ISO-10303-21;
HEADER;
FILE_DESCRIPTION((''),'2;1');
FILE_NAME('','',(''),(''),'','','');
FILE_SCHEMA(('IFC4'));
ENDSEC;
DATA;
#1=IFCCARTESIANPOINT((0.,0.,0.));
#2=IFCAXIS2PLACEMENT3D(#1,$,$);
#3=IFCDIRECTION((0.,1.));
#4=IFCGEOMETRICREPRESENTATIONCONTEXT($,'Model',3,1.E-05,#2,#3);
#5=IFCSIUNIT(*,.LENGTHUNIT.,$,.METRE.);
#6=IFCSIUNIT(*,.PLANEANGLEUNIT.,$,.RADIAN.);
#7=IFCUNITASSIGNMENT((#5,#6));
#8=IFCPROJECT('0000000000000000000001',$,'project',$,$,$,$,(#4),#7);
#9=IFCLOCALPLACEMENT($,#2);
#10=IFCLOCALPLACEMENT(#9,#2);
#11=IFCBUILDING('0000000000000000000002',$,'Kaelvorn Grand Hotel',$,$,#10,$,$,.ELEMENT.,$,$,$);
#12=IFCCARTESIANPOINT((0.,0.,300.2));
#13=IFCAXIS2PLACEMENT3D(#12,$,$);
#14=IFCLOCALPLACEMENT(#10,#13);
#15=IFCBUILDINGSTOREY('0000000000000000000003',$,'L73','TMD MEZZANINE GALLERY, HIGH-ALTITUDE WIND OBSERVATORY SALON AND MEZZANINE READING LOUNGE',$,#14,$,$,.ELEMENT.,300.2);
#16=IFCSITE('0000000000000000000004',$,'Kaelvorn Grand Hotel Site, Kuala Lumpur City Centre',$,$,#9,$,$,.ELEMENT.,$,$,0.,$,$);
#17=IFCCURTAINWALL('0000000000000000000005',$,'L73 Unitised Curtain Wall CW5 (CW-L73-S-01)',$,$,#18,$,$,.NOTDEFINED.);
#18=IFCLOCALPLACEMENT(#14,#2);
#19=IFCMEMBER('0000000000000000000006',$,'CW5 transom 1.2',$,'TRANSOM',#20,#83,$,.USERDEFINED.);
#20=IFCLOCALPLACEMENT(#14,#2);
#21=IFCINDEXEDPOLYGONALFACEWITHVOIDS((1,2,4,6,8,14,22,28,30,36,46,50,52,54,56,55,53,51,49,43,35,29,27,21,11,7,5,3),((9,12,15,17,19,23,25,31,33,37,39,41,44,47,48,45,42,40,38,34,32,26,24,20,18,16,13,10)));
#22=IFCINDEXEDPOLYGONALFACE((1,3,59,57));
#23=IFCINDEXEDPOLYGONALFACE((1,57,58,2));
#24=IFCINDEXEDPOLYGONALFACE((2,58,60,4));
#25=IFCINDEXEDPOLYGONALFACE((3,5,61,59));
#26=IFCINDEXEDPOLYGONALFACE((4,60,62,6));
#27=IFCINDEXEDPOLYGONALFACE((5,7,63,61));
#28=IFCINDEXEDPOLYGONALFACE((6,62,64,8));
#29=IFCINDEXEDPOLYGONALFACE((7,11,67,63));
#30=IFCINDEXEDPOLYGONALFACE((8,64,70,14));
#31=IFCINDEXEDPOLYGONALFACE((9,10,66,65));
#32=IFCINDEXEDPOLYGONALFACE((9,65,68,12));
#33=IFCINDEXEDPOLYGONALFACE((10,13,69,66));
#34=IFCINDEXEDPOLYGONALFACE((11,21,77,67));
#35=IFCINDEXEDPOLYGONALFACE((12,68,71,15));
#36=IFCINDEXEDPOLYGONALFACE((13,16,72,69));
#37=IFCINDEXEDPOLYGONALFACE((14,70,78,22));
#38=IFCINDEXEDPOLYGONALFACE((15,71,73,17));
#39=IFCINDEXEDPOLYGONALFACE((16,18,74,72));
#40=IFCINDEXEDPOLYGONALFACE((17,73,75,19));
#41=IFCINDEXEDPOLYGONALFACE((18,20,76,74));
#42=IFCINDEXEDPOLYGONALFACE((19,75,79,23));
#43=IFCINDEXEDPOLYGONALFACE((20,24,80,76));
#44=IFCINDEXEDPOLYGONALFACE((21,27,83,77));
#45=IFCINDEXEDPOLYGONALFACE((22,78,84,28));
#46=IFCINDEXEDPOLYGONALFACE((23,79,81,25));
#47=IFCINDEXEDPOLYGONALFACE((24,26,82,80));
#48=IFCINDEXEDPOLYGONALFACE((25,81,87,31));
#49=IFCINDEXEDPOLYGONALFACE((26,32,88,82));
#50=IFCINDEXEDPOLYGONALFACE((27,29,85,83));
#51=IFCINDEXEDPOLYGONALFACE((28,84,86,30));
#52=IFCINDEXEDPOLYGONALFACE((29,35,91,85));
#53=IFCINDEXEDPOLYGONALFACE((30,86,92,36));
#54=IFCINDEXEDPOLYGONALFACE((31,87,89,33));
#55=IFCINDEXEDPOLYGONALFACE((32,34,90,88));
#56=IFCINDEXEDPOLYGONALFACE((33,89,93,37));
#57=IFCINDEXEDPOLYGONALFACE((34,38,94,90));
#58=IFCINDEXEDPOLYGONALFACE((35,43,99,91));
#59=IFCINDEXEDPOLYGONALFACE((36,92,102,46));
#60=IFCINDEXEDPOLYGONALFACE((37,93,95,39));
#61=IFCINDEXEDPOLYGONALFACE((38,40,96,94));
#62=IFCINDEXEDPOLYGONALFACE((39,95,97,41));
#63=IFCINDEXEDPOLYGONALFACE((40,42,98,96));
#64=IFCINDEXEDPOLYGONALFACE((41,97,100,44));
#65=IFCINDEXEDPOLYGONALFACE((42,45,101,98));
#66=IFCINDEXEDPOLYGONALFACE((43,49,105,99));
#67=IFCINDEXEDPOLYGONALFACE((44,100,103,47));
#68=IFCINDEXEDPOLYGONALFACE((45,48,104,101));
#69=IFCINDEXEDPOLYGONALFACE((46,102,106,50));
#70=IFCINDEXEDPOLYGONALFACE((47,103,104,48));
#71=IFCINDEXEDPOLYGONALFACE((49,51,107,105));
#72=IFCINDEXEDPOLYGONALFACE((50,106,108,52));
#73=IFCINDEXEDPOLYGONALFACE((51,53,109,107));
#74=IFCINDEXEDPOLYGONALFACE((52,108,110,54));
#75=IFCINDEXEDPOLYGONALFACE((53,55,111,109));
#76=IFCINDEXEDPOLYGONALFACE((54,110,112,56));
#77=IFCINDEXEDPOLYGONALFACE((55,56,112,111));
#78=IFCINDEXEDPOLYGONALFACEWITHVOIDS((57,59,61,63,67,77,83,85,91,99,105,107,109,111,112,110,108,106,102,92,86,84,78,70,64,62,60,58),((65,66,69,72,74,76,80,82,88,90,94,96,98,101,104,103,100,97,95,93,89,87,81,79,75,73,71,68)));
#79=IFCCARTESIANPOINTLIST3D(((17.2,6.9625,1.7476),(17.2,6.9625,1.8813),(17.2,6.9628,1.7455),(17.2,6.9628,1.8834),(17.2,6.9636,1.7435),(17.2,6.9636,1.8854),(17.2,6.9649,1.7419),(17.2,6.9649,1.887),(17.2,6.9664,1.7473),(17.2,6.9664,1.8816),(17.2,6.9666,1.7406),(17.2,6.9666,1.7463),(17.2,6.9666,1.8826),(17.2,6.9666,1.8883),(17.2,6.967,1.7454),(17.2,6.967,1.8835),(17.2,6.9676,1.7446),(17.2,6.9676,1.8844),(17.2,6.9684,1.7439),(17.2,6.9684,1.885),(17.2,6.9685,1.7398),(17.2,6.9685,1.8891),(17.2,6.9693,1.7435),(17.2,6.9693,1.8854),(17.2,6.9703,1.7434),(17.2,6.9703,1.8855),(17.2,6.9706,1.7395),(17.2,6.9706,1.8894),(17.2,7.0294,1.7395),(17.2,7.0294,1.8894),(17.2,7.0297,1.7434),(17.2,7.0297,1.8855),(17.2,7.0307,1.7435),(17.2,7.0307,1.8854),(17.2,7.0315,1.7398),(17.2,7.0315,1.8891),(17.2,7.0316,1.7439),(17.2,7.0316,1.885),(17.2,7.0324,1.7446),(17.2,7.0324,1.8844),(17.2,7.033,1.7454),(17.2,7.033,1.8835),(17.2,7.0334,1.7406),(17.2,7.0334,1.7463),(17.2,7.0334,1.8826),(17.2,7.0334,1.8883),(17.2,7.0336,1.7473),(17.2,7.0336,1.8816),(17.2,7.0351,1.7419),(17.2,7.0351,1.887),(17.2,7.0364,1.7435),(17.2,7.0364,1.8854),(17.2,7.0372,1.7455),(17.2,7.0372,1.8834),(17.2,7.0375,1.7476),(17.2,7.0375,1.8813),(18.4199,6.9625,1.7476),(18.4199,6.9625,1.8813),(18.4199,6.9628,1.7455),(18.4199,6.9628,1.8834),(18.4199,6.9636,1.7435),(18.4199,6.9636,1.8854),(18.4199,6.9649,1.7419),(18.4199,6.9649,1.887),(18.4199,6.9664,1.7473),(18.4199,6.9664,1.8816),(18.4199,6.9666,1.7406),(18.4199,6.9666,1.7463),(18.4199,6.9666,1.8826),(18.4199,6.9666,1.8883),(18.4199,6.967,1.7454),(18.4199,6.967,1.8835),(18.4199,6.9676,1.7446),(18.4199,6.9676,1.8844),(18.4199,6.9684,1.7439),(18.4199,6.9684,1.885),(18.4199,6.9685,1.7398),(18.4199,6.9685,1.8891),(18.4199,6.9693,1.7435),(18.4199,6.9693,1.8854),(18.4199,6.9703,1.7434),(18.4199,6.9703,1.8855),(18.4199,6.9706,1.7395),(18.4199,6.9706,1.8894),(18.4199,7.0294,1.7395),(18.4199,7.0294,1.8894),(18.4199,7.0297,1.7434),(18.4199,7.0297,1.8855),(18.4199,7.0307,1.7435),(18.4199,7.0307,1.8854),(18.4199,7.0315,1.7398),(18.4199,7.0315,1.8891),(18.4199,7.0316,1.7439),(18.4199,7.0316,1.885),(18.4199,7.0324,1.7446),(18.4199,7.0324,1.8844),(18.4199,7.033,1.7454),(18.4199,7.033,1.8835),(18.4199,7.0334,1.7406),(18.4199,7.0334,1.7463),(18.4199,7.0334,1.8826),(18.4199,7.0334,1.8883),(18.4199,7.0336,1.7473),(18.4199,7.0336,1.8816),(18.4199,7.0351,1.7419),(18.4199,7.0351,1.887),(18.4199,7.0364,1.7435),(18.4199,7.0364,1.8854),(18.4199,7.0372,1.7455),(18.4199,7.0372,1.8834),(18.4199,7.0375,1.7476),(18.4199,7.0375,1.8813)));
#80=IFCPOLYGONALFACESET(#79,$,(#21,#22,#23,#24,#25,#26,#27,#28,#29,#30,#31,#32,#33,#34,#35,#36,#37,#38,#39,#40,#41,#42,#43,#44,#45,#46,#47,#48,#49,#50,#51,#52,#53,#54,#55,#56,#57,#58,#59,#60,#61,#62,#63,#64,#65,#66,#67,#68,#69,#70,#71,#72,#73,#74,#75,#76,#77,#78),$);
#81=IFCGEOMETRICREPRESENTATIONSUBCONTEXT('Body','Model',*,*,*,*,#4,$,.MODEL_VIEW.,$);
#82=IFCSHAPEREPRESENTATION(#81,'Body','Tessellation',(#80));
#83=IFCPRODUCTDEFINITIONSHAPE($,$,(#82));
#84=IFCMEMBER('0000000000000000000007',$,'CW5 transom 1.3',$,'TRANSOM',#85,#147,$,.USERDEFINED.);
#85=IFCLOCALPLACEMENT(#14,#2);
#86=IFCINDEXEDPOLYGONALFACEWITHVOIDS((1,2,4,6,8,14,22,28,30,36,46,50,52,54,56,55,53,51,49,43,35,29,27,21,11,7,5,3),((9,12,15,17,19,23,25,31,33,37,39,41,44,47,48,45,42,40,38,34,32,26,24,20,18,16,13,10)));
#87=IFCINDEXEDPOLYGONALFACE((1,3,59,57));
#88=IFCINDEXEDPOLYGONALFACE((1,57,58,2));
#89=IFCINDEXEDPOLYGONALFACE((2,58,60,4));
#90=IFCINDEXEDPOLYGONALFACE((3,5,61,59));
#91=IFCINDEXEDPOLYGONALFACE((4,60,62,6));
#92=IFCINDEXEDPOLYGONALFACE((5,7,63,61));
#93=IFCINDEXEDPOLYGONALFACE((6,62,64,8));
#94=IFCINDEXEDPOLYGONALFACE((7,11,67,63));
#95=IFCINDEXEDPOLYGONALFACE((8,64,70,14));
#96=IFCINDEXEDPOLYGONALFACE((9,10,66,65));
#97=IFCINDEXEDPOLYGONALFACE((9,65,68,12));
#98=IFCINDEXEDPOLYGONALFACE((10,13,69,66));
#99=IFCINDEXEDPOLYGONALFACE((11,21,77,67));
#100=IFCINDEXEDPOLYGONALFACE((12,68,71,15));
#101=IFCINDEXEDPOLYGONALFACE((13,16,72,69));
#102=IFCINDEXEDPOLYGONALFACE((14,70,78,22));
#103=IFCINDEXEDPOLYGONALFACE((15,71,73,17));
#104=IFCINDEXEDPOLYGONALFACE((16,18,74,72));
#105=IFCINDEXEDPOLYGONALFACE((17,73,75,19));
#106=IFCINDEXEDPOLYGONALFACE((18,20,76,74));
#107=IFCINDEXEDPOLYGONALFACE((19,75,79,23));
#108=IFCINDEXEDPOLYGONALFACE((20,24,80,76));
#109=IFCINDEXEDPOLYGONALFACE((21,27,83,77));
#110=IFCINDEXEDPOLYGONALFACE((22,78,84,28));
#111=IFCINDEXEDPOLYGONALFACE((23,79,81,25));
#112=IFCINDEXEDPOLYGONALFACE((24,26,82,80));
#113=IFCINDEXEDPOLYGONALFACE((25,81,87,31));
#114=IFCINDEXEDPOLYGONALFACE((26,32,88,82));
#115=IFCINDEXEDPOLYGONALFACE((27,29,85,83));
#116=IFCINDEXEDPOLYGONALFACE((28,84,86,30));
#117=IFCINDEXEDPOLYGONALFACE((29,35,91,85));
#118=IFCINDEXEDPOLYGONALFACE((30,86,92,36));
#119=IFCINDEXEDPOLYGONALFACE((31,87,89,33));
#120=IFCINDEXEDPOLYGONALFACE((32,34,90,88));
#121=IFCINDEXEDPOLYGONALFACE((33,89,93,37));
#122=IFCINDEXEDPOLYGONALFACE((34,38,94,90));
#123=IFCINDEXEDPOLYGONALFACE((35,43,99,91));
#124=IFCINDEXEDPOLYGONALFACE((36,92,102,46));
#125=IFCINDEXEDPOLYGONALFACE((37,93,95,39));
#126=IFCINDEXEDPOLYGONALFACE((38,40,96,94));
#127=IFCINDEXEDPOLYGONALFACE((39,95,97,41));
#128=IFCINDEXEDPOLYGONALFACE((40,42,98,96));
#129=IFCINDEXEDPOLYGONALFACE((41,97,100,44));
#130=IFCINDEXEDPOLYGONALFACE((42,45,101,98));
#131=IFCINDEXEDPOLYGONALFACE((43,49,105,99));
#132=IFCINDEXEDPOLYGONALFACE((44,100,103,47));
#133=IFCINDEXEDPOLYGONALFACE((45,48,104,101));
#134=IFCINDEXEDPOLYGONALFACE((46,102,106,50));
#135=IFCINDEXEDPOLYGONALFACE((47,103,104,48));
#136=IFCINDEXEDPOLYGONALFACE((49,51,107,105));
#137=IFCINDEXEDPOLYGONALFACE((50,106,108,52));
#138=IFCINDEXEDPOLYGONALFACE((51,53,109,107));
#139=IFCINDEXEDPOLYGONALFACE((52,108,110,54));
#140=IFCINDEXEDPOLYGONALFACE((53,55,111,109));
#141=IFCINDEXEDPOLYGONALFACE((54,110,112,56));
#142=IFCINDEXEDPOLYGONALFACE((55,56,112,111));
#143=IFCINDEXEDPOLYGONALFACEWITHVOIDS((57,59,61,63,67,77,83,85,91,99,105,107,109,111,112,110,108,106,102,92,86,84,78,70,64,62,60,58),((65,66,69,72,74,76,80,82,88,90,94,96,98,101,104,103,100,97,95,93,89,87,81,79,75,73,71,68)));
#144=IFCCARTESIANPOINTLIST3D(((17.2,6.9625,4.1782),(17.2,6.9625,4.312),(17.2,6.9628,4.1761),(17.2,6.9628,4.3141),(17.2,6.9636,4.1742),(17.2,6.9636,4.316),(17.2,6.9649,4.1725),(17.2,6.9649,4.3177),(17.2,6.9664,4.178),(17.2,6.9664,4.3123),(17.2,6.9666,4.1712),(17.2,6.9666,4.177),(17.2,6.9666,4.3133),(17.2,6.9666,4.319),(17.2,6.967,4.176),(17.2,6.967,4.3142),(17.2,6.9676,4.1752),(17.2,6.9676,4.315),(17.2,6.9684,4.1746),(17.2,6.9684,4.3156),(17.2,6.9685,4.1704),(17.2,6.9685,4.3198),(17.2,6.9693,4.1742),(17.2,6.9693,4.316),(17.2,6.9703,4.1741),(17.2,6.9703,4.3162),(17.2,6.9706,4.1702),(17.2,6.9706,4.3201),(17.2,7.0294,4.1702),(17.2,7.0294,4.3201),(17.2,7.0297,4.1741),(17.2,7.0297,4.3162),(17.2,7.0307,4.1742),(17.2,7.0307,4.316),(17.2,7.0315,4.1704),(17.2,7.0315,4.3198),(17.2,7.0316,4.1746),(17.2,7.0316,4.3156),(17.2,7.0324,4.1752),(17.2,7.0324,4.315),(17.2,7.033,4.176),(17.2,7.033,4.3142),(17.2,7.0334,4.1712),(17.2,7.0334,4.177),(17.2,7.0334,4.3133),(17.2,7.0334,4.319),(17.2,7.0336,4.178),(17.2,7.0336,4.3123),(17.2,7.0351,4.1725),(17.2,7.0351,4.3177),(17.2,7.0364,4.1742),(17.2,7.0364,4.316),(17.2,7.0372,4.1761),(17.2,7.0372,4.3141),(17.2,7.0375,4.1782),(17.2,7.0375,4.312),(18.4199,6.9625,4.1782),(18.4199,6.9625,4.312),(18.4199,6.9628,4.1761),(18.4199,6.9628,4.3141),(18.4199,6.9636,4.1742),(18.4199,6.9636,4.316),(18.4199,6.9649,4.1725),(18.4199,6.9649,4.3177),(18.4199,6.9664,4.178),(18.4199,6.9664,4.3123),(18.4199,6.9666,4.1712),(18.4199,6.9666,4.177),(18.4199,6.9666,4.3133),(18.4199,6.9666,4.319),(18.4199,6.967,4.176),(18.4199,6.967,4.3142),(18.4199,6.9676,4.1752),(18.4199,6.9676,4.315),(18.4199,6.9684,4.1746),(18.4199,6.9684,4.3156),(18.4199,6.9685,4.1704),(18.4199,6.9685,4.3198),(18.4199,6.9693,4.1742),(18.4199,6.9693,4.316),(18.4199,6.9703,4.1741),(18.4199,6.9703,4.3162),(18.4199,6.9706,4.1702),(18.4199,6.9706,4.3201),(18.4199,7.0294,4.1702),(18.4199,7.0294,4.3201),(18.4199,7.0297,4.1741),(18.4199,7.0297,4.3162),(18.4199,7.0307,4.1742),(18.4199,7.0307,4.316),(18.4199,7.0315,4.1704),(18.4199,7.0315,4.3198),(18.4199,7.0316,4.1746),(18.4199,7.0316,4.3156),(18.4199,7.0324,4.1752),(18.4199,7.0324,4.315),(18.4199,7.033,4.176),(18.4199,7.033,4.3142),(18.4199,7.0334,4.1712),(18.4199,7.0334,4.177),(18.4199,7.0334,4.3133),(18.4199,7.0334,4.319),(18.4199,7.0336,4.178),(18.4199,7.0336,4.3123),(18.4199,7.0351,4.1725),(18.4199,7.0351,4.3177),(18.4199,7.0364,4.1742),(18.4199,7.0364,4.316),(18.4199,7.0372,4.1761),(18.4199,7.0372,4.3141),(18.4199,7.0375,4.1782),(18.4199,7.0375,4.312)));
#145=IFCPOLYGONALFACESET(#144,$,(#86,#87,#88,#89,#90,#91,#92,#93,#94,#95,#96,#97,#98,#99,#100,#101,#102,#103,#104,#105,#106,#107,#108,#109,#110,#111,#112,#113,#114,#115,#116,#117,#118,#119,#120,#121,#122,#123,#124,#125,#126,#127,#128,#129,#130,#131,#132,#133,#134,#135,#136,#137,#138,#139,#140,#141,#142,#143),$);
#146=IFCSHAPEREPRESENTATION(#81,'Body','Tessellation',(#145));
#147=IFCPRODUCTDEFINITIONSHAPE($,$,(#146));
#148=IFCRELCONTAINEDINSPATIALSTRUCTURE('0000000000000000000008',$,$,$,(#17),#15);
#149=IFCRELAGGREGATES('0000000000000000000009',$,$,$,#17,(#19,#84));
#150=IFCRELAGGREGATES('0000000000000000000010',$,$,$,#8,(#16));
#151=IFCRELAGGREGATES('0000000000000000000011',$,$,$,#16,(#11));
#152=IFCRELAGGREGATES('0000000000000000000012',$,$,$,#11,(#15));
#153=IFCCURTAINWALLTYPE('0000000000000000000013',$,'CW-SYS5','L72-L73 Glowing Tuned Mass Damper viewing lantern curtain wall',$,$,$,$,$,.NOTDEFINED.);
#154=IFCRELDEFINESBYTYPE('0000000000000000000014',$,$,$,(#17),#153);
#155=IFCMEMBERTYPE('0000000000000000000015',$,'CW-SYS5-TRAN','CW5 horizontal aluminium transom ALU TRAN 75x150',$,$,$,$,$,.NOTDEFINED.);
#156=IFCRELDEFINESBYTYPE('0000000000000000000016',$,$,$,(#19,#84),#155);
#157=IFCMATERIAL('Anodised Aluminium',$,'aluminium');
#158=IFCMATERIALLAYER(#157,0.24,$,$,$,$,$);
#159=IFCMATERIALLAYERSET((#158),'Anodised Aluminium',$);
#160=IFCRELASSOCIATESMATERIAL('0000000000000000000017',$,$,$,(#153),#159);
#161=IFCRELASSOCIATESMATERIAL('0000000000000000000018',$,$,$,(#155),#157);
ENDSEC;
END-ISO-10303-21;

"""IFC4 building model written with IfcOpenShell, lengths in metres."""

from ifc_helpers import new_model, si_unit, direction, frame, origin, origin_2d, place, context, subcontext, project, spatial, hollow_rectangle, extrude, material, layer, layer_set, material_profile, profile_set, type_object, element, aggregate, save


model = new_model("IFC4")

# Units and contexts
model_context = context("Model", 3, precision=1e-05, world=origin(), true_north=direction((0.0, 1.0)))
body_context = subcontext(model_context, "Body", "Model", "MODEL_VIEW")
ifc_project = project(units=[si_unit("LENGTHUNIT", "METRE"), si_unit("PLANEANGLEUNIT", "RADIAN")], contexts=[model_context])

# Site, building, storey
site_placement = place(None, origin())
site = spatial("IfcSite", under=ifc_project, at=site_placement, Name="Kaelvorn Grand Hotel Site, Kuala Lumpur City Centre", CompositionType="ELEMENT", RefElevation=0.0)
building_placement = place(site_placement, origin())
building = spatial("IfcBuilding", under=site, at=building_placement, Name="Kaelvorn Grand Hotel", CompositionType="ELEMENT")
storey_placement = place(building_placement, frame((0.0, 0.0, 300.2)))
storey = spatial("IfcBuildingStorey", under=building, at=storey_placement, Name="L73", Description="TMD MEZZANINE GALLERY, HIGH-ALTITUDE WIND OBSERVATORY SALON AND MEZZANINE READING LOUNGE", CompositionType="ELEMENT", Elevation=300.2)

# Curtain wall
ifc_material_1 = material(Name="Anodised Aluminium", Category="aluminium")
ifc_layer_1 = layer(ifc_material_1, 0.24)
ifc_layer_set_1 = layer_set([ifc_layer_1], Name="Anodised Aluminium")
curtain_wall_type = type_object("IfcCurtainWallType", Name="CW-SYS5", Description="L72-L73 Glowing Tuned Mass Damper viewing lantern curtain wall", PredefinedType="NOTDEFINED", material=ifc_layer_set_1)
curtain_wall_1_placement = place(storey_placement, origin())
curtain_wall_1 = element("IfcCurtainWall", 1, at=curtain_wall_1_placement, inside=storey, type_object=curtain_wall_type, Name="L73 Unitised Curtain Wall CW5 (CW-L73-S-01)", PredefinedType="NOTDEFINED")

# Members
ifc_material_profile_1 = material_profile(ifc_material_1, hollow_rectangle(XDim=0.075, YDim=0.1499, WallThickness=0.0039, InnerFilletRadius=0.0039, OuterFilletRadius=0.0081, at=origin_2d()), Name="ALU TRAN 75x150")
ifc_profile_set_1 = profile_set([ifc_material_profile_1], Name="Anodised Aluminium")
member_type_1 = type_object("IfcMemberType", Name="CW-SYS5-TRAN", Description="CW5 horizontal aluminium transom ALU TRAN 75x150", PredefinedType="NOTDEFINED", material=ifc_profile_set_1)
member_1_placement = place(storey_placement, frame((17.2, 7.0, 1.8145), z_axis=(1.0, 0.0, 0.0), x_axis=(0.0, 1.0, 0.0)))
member_1 = element("IfcMember", 2, at=member_1_placement, type_object=member_type_1, Name="CW5 transom 1.2", ObjectType="TRANSOM", PredefinedType="USERDEFINED", context=body_context, shape_type="SweptSolid", body=[
    extrude(hollow_rectangle(XDim=0.075, YDim=0.1499, WallThickness=0.0039, InnerFilletRadius=0.0039, OuterFilletRadius=0.0081, at=origin_2d()), origin(), (0.0, 0.0, 1.0), 1.22),
])
member_2_placement = place(storey_placement, frame((17.2, 7.0, 4.2451), z_axis=(1.0, 0.0, 0.0), x_axis=(0.0, 1.0, 0.0)))
member_2 = element("IfcMember", 3, at=member_2_placement, type_object=member_type_1, Name="CW5 transom 1.3", ObjectType="TRANSOM", PredefinedType="USERDEFINED", context=body_context, shape_type="SweptSolid", body=[
    extrude(hollow_rectangle(XDim=0.075, YDim=0.1499, WallThickness=0.0039, InnerFilletRadius=0.0039, OuterFilletRadius=0.0081, at=origin_2d()), origin(), (0.0, 0.0, 1.0), 1.22),
])

aggregate(curtain_wall_1, [member_1, member_2])

save(model, "model.ifc")
